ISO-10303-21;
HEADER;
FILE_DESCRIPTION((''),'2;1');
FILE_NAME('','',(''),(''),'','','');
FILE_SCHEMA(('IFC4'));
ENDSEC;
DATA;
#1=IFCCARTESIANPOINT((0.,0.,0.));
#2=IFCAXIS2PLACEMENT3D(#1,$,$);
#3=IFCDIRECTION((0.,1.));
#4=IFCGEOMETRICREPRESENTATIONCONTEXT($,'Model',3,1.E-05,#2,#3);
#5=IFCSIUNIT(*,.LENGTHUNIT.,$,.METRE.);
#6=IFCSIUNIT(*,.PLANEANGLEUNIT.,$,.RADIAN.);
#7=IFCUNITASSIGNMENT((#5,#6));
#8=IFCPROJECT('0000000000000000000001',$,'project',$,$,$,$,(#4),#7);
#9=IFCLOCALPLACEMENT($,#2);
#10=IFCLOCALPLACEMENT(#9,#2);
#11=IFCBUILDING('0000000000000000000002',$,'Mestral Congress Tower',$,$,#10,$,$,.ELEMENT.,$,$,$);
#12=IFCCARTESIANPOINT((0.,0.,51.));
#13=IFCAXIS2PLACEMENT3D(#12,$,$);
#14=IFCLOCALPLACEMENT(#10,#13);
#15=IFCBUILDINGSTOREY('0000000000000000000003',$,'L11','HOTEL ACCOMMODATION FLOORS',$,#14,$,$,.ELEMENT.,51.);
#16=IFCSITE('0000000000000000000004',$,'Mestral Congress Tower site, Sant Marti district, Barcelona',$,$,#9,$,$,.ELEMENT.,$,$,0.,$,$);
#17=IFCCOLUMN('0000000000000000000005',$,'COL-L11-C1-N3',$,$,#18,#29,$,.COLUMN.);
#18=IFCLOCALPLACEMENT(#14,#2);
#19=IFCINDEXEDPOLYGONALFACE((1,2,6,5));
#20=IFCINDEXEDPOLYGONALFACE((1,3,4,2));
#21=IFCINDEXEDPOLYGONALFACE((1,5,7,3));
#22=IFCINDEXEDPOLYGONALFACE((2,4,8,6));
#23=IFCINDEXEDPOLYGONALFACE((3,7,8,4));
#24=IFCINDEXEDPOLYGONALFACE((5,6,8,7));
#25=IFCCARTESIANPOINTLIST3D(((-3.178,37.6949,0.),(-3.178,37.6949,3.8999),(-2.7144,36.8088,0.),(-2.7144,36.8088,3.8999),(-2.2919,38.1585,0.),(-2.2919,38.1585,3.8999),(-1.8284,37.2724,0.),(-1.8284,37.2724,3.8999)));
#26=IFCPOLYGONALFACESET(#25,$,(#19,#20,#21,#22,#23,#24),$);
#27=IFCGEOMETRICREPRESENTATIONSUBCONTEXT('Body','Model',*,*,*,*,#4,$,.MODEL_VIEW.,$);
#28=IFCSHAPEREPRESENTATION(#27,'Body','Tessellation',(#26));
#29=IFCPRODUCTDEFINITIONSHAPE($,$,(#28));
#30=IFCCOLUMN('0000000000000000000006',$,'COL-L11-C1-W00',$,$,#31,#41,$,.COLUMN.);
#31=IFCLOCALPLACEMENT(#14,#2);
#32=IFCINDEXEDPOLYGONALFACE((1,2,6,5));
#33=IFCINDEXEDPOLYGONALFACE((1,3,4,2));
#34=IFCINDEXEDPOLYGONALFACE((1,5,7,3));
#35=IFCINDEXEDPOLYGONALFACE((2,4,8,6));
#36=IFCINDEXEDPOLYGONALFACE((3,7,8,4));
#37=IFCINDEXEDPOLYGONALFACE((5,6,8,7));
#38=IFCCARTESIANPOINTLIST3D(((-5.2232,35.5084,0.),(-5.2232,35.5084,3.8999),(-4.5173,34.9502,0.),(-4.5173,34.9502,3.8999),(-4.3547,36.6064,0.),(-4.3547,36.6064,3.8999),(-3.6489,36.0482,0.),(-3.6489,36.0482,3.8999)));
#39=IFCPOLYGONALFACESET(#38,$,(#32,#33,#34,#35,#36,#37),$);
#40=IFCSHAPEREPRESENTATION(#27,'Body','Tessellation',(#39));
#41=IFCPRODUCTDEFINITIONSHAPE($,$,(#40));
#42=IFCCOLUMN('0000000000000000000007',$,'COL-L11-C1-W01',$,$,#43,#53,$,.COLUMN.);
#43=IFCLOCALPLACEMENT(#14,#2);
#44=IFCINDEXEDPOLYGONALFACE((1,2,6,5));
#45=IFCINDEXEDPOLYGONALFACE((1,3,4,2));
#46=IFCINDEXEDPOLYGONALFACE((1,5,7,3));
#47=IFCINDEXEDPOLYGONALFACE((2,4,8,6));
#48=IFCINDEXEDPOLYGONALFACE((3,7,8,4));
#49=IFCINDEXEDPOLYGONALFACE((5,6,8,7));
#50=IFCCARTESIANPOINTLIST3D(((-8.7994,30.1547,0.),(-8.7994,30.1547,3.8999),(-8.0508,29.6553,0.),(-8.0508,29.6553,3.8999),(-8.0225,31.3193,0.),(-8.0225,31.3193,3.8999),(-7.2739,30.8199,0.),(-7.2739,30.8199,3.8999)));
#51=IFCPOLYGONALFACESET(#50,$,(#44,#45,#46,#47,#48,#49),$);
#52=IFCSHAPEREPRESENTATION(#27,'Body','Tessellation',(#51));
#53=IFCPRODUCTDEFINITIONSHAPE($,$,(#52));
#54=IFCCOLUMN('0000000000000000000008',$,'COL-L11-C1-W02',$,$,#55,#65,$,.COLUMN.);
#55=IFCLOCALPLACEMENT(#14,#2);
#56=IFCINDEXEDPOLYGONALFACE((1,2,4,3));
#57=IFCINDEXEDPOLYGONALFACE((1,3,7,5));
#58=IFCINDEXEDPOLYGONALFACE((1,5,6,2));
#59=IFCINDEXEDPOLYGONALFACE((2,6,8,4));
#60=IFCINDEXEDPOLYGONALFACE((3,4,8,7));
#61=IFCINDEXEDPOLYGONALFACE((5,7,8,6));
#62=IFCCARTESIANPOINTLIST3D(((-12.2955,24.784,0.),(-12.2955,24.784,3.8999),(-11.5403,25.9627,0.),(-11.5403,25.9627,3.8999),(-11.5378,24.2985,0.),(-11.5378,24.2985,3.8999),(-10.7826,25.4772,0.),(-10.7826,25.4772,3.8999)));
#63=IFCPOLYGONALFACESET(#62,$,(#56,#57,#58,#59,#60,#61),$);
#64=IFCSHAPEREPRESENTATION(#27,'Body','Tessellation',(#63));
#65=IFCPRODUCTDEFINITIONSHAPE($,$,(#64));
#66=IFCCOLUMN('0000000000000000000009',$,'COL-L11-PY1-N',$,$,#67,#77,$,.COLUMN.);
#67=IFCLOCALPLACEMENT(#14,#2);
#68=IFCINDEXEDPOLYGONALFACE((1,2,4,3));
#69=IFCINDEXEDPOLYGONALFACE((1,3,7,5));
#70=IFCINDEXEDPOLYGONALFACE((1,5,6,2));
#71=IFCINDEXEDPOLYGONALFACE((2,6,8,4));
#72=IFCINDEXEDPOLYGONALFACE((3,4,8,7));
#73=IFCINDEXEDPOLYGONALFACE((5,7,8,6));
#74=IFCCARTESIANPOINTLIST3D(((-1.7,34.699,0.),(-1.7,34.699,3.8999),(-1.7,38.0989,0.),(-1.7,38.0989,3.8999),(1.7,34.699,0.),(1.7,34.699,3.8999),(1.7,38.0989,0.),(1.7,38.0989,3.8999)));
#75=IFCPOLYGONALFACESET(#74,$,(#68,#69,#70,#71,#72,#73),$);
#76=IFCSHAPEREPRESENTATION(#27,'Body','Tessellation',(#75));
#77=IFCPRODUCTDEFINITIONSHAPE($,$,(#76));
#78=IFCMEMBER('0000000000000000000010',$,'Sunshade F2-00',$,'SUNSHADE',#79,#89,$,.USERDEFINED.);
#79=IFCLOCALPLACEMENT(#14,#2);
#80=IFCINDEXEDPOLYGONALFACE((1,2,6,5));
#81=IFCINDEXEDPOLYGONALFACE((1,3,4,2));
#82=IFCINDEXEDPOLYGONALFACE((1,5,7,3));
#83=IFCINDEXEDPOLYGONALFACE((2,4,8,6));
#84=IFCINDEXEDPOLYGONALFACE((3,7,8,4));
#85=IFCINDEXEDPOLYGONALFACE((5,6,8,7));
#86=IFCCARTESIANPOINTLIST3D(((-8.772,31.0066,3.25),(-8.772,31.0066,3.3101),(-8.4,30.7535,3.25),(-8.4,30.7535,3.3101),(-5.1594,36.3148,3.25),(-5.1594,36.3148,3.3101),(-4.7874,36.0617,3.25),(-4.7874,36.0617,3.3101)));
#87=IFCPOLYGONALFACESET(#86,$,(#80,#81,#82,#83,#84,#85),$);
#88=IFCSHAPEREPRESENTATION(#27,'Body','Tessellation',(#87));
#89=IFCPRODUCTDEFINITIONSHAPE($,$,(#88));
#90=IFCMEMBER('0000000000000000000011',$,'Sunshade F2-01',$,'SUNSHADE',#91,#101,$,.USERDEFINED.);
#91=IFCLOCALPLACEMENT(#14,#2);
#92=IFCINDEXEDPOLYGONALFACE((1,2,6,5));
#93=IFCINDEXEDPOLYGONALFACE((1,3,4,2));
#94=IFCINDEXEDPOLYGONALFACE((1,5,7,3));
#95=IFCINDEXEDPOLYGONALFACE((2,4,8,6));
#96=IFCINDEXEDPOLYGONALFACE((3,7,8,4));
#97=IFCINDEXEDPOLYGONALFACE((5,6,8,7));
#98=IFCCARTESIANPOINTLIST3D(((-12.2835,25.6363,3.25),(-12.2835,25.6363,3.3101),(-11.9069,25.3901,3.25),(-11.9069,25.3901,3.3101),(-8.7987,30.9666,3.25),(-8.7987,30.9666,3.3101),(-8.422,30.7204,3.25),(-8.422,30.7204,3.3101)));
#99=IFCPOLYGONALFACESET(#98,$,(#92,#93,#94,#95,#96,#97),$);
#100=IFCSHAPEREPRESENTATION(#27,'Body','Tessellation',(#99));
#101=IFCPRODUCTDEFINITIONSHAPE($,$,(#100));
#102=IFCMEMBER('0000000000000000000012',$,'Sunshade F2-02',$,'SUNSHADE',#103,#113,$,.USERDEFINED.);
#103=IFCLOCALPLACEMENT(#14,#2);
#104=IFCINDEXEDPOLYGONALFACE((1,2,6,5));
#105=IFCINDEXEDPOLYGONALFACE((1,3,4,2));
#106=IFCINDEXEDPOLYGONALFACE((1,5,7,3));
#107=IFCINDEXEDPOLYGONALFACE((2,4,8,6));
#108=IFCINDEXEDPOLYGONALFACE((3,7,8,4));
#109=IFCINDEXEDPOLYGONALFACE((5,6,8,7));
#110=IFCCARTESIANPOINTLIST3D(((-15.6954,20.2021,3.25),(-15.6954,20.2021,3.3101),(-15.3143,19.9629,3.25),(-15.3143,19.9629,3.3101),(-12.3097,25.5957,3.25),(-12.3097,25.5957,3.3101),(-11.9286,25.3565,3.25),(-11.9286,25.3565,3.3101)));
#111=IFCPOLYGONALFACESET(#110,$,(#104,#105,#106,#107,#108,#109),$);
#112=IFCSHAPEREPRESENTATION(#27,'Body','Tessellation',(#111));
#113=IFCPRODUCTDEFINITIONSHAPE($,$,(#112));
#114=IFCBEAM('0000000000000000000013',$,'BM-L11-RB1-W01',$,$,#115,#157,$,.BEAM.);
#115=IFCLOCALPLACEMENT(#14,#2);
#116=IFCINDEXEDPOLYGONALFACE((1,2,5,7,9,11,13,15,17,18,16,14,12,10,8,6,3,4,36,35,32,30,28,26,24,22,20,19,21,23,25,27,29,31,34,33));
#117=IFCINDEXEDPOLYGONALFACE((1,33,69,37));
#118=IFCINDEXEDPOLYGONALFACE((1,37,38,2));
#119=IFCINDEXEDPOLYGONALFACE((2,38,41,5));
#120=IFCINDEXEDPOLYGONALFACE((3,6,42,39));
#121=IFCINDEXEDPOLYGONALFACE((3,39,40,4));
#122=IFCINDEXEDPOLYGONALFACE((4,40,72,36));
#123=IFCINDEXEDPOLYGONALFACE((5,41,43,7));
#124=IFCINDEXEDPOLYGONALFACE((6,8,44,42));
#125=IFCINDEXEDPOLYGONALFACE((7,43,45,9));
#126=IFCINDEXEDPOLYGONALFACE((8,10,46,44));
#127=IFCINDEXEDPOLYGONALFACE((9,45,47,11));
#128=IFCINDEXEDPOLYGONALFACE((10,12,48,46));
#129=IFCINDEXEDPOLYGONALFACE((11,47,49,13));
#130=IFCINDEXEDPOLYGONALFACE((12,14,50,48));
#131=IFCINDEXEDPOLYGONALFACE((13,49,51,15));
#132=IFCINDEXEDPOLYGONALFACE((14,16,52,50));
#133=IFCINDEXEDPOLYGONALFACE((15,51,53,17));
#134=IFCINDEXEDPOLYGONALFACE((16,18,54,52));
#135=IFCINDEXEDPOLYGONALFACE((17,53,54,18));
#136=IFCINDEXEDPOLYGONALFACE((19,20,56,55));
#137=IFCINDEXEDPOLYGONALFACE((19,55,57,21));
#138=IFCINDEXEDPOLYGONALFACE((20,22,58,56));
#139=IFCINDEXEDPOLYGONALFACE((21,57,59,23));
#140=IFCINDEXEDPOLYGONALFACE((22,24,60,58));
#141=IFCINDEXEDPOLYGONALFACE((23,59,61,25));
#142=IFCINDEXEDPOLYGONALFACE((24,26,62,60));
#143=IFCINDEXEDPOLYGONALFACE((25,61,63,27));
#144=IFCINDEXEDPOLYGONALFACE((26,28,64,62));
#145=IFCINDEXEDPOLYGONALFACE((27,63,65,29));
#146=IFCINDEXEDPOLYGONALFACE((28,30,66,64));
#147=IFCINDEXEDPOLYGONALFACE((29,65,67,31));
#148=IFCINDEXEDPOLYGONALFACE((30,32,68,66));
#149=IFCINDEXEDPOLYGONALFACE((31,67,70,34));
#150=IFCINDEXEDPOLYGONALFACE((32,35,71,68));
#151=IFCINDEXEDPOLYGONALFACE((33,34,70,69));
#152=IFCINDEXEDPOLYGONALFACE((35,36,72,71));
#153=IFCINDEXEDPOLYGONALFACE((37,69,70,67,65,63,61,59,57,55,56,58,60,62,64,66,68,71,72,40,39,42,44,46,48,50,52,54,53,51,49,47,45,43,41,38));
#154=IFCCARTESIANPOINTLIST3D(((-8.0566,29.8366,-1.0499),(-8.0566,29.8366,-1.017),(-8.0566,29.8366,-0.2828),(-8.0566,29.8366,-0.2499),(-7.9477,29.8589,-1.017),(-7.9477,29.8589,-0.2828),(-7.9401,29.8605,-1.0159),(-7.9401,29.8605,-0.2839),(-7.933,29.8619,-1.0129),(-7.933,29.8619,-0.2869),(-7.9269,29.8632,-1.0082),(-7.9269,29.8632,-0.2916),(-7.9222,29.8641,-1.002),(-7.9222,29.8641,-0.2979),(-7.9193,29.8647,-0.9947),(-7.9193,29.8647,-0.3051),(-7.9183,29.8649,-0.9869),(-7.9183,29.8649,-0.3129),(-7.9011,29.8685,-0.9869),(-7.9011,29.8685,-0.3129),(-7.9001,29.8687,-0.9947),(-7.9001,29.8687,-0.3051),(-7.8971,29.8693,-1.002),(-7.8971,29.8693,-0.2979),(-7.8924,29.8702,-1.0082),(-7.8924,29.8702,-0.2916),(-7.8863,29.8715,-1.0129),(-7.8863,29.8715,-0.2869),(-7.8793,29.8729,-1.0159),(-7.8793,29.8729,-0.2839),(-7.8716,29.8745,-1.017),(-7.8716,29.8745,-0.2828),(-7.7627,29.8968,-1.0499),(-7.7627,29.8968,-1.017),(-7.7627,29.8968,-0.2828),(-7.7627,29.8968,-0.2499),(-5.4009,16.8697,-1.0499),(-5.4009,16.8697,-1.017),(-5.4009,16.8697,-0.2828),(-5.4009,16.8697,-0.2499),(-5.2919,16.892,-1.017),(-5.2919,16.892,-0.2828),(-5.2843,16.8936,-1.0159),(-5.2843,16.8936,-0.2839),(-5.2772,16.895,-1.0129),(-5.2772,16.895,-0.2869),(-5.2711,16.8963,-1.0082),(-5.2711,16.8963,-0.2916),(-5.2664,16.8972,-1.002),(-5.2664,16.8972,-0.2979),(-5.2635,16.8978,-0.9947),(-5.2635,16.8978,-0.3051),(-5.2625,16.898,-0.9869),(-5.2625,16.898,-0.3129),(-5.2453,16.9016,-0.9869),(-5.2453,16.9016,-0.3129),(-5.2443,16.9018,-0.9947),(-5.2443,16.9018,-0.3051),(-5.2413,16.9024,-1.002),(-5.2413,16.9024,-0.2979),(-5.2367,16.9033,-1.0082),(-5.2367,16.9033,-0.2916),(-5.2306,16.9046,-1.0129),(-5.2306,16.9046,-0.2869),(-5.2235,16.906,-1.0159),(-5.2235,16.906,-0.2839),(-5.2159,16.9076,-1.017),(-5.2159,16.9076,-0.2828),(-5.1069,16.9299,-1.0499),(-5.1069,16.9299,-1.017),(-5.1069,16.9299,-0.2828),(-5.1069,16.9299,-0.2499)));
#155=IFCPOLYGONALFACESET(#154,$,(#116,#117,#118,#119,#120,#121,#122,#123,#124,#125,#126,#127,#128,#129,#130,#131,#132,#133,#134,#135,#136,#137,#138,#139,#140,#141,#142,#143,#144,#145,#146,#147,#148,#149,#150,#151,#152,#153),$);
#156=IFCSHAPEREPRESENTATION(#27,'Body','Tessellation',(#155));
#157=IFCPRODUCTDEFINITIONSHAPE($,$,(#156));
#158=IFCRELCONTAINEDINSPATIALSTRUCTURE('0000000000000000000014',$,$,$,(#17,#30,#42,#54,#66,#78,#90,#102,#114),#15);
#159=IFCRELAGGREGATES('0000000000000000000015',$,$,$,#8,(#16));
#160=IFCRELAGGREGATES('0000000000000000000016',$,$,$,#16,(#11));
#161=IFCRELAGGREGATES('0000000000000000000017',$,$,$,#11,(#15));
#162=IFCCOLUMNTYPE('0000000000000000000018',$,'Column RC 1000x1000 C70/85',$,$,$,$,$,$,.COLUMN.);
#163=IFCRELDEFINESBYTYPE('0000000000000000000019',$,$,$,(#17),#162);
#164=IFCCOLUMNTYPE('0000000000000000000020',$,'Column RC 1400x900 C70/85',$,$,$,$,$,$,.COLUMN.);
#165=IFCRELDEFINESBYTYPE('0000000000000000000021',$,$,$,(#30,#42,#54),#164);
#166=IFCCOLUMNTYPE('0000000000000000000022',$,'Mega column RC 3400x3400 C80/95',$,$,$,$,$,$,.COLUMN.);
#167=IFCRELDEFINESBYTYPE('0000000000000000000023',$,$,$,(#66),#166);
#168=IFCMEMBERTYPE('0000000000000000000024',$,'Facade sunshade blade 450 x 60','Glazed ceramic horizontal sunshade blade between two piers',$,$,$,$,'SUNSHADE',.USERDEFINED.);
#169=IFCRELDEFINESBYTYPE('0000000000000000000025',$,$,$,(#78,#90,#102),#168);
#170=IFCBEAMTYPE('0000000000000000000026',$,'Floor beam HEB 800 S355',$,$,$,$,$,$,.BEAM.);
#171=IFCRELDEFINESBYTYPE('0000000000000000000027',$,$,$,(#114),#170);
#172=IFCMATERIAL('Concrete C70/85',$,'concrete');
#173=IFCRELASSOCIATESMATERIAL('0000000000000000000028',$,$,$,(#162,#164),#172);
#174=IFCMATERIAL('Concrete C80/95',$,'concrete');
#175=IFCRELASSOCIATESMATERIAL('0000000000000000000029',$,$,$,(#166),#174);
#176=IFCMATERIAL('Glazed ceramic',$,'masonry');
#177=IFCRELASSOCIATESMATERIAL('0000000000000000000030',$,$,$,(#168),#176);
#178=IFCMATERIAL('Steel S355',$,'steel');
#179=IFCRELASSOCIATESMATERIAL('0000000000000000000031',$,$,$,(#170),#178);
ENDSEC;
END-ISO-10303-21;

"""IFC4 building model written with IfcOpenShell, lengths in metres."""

from ifc_helpers import new_model, si_unit, direction, frame, origin, origin_2d, place, context, subcontext, project, spatial, rectangle, i_section, extrude, material, material_profile, profile_set, type_object, element, save


model = new_model("IFC4")

# Units and contexts
model_context = context("Model", 3, precision=1e-05, world=origin(), true_north=direction((0.0, 1.0)))
body_context = subcontext(model_context, "Body", "Model", "MODEL_VIEW")
ifc_project = project(units=[si_unit("LENGTHUNIT", "METRE"), si_unit("PLANEANGLEUNIT", "RADIAN")], contexts=[model_context])

# Site, building, storey
site_placement = place(None, origin())
site = spatial("IfcSite", under=ifc_project, at=site_placement, Name="Mestral Congress Tower site, Sant Marti district, Barcelona", CompositionType="ELEMENT", RefElevation=0.0)
building_placement = place(site_placement, origin())
building = spatial("IfcBuilding", under=site, at=building_placement, Name="Mestral Congress Tower", CompositionType="ELEMENT")
storey_placement = place(building_placement, frame((0.0, 0.0, 51.0)))
storey = spatial("IfcBuildingStorey", under=building, at=storey_placement, Name="L11", Description="HOTEL ACCOMMODATION FLOORS", CompositionType="ELEMENT", Elevation=51.0)

# Columns
ifc_material_1 = material(Name="Concrete C70/85", Category="concrete")
ifc_material_profile_1 = material_profile(ifc_material_1, rectangle(XDim=1.0, YDim=1.0, at=origin_2d()), Name="RC 1000x1000")
ifc_profile_set_1 = profile_set([ifc_material_profile_1], Name="Concrete C70/85")
column_type_1 = type_object("IfcColumnType", Name="Column RC 1000x1000 C70/85", PredefinedType="COLUMN", material=ifc_profile_set_1)
column_1_placement = place(storey_placement, frame((-2.5032, 37.4836, 0.0), z_axis=(0.0, 0.0, 1.0), x_axis=(-0.886068, -0.463556, 0.0)))
element("IfcColumn", 1, at=column_1_placement, inside=storey, type_object=column_type_1, Name="COL-L11-C1-N3", PredefinedType="COLUMN", context=body_context, shape_type="SweptSolid", body=[
    extrude(rectangle(XDim=1.0, YDim=1.0, at=origin_2d()), origin(), (0.0, 0.0, 1.0), 3.8999),
])
ifc_material_profile_2 = material_profile(ifc_material_1, rectangle(XDim=1.3999, YDim=0.8999, at=origin_2d()), Name="RC 1400x900")
ifc_profile_set_2 = profile_set([ifc_material_profile_2], Name="Concrete C70/85")
column_type_2 = type_object("IfcColumnType", Name="Column RC 1400x900 C70/85", PredefinedType="COLUMN", material=ifc_profile_set_2)
for number, where, z_axis, x_axis, name in (
    (2, (-4.436, 35.7783, 0.0), (0.0, 0.0, 1.0), (-0.620334, -0.784338, 0.0), "COL-L11-C1-W00"),
    (3, (-8.0366, 30.4873, 0.0), (0.0, 0.0, 1.0), (-0.554949, -0.831884, 0.0), "COL-L11-C1-W01"),
    (4, (-11.5391, 25.1306, 0.0), (0.0, 0.0, 1.0), (-0.539476, -0.842001, 0.0), "COL-L11-C1-W02"),
):
    element("IfcColumn", number, at=place(storey_placement, frame(where, z_axis=z_axis, x_axis=x_axis)), inside=storey, type_object=column_type_2, Name=name, PredefinedType="COLUMN", context=body_context, shape_type="SweptSolid", body=[
        extrude(rectangle(XDim=1.3999, YDim=0.8999, at=origin_2d()), origin(), (0.0, 0.0, 1.0), 3.8999),
    ])
ifc_material_2 = material(Name="Concrete C80/95", Category="concrete")
ifc_material_profile_3 = material_profile(ifc_material_2, rectangle(XDim=3.3999, YDim=3.3999, at=origin_2d()), Name="RC 3400x3400")
ifc_profile_set_3 = profile_set([ifc_material_profile_3], Name="Concrete C80/95")
column_type_3 = type_object("IfcColumnType", Name="Mega column RC 3400x3400 C80/95", PredefinedType="COLUMN", material=ifc_profile_set_3)
column_2_placement = place(storey_placement, frame((0.0, 36.3989, 0.0), z_axis=(0.0, 0.0, 1.0), x_axis=(0.0, 1.0, 0.0)))
element("IfcColumn", 5, at=column_2_placement, inside=storey, type_object=column_type_3, Name="COL-L11-PY1-N", PredefinedType="COLUMN", context=body_context, shape_type="SweptSolid", body=[
    extrude(rectangle(XDim=3.3999, YDim=3.3999, at=origin_2d()), origin(), (0.0, 0.0, 1.0), 3.8999),
])

# Members
ifc_material_3 = material(Name="Glazed ceramic", Category="masonry")
ifc_material_profile_4 = material_profile(ifc_material_3, rectangle(XDim=0.45, YDim=0.0601, at=origin_2d()), Name="Ceramic blade 450 x 60")
ifc_profile_set_4 = profile_set([ifc_material_profile_4], Name="Glazed ceramic")
member_type = type_object("IfcMemberType", Name="Facade sunshade blade 450 x 60", Description="Glazed ceramic horizontal sunshade blade between two piers", ElementType="SUNSHADE", PredefinedType="USERDEFINED", material=ifc_profile_set_4)
member_1_placement = place(storey_placement, frame((-4.9734, 36.1882, 3.28), z_axis=(-0.562633, -0.826706, 0.0), x_axis=(0.826706, -0.562633, 0.0)))
element("IfcMember", 6, at=member_1_placement, inside=storey, type_object=member_type, Name="Sunshade F2-00", ObjectType="SUNSHADE", PredefinedType="USERDEFINED", context=body_context, shape_type="SweptSolid", body=[
    extrude(rectangle(XDim=0.45, YDim=0.0601, at=origin_2d()), origin(), (0.0, 0.0, 1.0), 6.4209),
])
member_2_placement = place(storey_placement, frame((-8.6104, 30.8435, 3.28), z_axis=(-0.547211, -0.836995, 0.0), x_axis=(0.836995, -0.547211, 0.0)))
element("IfcMember", 7, at=member_2_placement, inside=storey, type_object=member_type, Name="Sunshade F2-01", ObjectType="SUNSHADE", PredefinedType="USERDEFINED", context=body_context, shape_type="SweptSolid", body=[
    extrude(rectangle(XDim=0.45, YDim=0.0601, at=origin_2d()), origin(), (0.0, 0.0, 1.0), 6.3684),
])
member_3_placement = place(storey_placement, frame((-12.1191, 25.4761, 3.28), z_axis=(-0.531666, -0.846954, 0.0), x_axis=(0.846954, -0.531666, 0.0)))
element("IfcMember", 8, at=member_3_placement, inside=storey, type_object=member_type, Name="Sunshade F2-02", ObjectType="SUNSHADE", PredefinedType="USERDEFINED", context=body_context, shape_type="SweptSolid", body=[
    extrude(rectangle(XDim=0.45, YDim=0.0601, at=origin_2d()), origin(), (0.0, 0.0, 1.0), 6.3682),
])

# Beam
ifc_material_4 = material(Name="Steel S355", Category="steel")
ifc_material_profile_5 = material_profile(ifc_material_4, i_section(OverallWidth=0.3, OverallDepth=0.8, WebThickness=0.0176, FlangeThickness=0.033, FilletRadius=0.03, at=origin_2d()), Name="HEB 800")
ifc_profile_set_5 = profile_set([ifc_material_profile_5], Name="Steel S355")
beam_type_1 = type_object("IfcBeamType", Name="Floor beam HEB 800 S355", PredefinedType="BEAM", material=ifc_profile_set_5)
beam_1_placement = place(storey_placement, frame((-7.9097, 29.8667, -0.6499), z_axis=(0.200647, -0.979664, 0.0), x_axis=(0.979664, 0.200647, 0.0)))
element("IfcBeam", 9, at=beam_1_placement, inside=storey, type_object=beam_type_1, Name="BM-L11-RB1-W01", PredefinedType="BEAM", context=body_context, shape_type="SweptSolid", body=[
    extrude(i_section(OverallWidth=0.3, OverallDepth=0.8, WebThickness=0.0176, FlangeThickness=0.033, FilletRadius=0.03, at=origin_2d()), origin(), (0.0, 0.0, 1.0), 13.2361),
])

save(model, "model.ifc")
